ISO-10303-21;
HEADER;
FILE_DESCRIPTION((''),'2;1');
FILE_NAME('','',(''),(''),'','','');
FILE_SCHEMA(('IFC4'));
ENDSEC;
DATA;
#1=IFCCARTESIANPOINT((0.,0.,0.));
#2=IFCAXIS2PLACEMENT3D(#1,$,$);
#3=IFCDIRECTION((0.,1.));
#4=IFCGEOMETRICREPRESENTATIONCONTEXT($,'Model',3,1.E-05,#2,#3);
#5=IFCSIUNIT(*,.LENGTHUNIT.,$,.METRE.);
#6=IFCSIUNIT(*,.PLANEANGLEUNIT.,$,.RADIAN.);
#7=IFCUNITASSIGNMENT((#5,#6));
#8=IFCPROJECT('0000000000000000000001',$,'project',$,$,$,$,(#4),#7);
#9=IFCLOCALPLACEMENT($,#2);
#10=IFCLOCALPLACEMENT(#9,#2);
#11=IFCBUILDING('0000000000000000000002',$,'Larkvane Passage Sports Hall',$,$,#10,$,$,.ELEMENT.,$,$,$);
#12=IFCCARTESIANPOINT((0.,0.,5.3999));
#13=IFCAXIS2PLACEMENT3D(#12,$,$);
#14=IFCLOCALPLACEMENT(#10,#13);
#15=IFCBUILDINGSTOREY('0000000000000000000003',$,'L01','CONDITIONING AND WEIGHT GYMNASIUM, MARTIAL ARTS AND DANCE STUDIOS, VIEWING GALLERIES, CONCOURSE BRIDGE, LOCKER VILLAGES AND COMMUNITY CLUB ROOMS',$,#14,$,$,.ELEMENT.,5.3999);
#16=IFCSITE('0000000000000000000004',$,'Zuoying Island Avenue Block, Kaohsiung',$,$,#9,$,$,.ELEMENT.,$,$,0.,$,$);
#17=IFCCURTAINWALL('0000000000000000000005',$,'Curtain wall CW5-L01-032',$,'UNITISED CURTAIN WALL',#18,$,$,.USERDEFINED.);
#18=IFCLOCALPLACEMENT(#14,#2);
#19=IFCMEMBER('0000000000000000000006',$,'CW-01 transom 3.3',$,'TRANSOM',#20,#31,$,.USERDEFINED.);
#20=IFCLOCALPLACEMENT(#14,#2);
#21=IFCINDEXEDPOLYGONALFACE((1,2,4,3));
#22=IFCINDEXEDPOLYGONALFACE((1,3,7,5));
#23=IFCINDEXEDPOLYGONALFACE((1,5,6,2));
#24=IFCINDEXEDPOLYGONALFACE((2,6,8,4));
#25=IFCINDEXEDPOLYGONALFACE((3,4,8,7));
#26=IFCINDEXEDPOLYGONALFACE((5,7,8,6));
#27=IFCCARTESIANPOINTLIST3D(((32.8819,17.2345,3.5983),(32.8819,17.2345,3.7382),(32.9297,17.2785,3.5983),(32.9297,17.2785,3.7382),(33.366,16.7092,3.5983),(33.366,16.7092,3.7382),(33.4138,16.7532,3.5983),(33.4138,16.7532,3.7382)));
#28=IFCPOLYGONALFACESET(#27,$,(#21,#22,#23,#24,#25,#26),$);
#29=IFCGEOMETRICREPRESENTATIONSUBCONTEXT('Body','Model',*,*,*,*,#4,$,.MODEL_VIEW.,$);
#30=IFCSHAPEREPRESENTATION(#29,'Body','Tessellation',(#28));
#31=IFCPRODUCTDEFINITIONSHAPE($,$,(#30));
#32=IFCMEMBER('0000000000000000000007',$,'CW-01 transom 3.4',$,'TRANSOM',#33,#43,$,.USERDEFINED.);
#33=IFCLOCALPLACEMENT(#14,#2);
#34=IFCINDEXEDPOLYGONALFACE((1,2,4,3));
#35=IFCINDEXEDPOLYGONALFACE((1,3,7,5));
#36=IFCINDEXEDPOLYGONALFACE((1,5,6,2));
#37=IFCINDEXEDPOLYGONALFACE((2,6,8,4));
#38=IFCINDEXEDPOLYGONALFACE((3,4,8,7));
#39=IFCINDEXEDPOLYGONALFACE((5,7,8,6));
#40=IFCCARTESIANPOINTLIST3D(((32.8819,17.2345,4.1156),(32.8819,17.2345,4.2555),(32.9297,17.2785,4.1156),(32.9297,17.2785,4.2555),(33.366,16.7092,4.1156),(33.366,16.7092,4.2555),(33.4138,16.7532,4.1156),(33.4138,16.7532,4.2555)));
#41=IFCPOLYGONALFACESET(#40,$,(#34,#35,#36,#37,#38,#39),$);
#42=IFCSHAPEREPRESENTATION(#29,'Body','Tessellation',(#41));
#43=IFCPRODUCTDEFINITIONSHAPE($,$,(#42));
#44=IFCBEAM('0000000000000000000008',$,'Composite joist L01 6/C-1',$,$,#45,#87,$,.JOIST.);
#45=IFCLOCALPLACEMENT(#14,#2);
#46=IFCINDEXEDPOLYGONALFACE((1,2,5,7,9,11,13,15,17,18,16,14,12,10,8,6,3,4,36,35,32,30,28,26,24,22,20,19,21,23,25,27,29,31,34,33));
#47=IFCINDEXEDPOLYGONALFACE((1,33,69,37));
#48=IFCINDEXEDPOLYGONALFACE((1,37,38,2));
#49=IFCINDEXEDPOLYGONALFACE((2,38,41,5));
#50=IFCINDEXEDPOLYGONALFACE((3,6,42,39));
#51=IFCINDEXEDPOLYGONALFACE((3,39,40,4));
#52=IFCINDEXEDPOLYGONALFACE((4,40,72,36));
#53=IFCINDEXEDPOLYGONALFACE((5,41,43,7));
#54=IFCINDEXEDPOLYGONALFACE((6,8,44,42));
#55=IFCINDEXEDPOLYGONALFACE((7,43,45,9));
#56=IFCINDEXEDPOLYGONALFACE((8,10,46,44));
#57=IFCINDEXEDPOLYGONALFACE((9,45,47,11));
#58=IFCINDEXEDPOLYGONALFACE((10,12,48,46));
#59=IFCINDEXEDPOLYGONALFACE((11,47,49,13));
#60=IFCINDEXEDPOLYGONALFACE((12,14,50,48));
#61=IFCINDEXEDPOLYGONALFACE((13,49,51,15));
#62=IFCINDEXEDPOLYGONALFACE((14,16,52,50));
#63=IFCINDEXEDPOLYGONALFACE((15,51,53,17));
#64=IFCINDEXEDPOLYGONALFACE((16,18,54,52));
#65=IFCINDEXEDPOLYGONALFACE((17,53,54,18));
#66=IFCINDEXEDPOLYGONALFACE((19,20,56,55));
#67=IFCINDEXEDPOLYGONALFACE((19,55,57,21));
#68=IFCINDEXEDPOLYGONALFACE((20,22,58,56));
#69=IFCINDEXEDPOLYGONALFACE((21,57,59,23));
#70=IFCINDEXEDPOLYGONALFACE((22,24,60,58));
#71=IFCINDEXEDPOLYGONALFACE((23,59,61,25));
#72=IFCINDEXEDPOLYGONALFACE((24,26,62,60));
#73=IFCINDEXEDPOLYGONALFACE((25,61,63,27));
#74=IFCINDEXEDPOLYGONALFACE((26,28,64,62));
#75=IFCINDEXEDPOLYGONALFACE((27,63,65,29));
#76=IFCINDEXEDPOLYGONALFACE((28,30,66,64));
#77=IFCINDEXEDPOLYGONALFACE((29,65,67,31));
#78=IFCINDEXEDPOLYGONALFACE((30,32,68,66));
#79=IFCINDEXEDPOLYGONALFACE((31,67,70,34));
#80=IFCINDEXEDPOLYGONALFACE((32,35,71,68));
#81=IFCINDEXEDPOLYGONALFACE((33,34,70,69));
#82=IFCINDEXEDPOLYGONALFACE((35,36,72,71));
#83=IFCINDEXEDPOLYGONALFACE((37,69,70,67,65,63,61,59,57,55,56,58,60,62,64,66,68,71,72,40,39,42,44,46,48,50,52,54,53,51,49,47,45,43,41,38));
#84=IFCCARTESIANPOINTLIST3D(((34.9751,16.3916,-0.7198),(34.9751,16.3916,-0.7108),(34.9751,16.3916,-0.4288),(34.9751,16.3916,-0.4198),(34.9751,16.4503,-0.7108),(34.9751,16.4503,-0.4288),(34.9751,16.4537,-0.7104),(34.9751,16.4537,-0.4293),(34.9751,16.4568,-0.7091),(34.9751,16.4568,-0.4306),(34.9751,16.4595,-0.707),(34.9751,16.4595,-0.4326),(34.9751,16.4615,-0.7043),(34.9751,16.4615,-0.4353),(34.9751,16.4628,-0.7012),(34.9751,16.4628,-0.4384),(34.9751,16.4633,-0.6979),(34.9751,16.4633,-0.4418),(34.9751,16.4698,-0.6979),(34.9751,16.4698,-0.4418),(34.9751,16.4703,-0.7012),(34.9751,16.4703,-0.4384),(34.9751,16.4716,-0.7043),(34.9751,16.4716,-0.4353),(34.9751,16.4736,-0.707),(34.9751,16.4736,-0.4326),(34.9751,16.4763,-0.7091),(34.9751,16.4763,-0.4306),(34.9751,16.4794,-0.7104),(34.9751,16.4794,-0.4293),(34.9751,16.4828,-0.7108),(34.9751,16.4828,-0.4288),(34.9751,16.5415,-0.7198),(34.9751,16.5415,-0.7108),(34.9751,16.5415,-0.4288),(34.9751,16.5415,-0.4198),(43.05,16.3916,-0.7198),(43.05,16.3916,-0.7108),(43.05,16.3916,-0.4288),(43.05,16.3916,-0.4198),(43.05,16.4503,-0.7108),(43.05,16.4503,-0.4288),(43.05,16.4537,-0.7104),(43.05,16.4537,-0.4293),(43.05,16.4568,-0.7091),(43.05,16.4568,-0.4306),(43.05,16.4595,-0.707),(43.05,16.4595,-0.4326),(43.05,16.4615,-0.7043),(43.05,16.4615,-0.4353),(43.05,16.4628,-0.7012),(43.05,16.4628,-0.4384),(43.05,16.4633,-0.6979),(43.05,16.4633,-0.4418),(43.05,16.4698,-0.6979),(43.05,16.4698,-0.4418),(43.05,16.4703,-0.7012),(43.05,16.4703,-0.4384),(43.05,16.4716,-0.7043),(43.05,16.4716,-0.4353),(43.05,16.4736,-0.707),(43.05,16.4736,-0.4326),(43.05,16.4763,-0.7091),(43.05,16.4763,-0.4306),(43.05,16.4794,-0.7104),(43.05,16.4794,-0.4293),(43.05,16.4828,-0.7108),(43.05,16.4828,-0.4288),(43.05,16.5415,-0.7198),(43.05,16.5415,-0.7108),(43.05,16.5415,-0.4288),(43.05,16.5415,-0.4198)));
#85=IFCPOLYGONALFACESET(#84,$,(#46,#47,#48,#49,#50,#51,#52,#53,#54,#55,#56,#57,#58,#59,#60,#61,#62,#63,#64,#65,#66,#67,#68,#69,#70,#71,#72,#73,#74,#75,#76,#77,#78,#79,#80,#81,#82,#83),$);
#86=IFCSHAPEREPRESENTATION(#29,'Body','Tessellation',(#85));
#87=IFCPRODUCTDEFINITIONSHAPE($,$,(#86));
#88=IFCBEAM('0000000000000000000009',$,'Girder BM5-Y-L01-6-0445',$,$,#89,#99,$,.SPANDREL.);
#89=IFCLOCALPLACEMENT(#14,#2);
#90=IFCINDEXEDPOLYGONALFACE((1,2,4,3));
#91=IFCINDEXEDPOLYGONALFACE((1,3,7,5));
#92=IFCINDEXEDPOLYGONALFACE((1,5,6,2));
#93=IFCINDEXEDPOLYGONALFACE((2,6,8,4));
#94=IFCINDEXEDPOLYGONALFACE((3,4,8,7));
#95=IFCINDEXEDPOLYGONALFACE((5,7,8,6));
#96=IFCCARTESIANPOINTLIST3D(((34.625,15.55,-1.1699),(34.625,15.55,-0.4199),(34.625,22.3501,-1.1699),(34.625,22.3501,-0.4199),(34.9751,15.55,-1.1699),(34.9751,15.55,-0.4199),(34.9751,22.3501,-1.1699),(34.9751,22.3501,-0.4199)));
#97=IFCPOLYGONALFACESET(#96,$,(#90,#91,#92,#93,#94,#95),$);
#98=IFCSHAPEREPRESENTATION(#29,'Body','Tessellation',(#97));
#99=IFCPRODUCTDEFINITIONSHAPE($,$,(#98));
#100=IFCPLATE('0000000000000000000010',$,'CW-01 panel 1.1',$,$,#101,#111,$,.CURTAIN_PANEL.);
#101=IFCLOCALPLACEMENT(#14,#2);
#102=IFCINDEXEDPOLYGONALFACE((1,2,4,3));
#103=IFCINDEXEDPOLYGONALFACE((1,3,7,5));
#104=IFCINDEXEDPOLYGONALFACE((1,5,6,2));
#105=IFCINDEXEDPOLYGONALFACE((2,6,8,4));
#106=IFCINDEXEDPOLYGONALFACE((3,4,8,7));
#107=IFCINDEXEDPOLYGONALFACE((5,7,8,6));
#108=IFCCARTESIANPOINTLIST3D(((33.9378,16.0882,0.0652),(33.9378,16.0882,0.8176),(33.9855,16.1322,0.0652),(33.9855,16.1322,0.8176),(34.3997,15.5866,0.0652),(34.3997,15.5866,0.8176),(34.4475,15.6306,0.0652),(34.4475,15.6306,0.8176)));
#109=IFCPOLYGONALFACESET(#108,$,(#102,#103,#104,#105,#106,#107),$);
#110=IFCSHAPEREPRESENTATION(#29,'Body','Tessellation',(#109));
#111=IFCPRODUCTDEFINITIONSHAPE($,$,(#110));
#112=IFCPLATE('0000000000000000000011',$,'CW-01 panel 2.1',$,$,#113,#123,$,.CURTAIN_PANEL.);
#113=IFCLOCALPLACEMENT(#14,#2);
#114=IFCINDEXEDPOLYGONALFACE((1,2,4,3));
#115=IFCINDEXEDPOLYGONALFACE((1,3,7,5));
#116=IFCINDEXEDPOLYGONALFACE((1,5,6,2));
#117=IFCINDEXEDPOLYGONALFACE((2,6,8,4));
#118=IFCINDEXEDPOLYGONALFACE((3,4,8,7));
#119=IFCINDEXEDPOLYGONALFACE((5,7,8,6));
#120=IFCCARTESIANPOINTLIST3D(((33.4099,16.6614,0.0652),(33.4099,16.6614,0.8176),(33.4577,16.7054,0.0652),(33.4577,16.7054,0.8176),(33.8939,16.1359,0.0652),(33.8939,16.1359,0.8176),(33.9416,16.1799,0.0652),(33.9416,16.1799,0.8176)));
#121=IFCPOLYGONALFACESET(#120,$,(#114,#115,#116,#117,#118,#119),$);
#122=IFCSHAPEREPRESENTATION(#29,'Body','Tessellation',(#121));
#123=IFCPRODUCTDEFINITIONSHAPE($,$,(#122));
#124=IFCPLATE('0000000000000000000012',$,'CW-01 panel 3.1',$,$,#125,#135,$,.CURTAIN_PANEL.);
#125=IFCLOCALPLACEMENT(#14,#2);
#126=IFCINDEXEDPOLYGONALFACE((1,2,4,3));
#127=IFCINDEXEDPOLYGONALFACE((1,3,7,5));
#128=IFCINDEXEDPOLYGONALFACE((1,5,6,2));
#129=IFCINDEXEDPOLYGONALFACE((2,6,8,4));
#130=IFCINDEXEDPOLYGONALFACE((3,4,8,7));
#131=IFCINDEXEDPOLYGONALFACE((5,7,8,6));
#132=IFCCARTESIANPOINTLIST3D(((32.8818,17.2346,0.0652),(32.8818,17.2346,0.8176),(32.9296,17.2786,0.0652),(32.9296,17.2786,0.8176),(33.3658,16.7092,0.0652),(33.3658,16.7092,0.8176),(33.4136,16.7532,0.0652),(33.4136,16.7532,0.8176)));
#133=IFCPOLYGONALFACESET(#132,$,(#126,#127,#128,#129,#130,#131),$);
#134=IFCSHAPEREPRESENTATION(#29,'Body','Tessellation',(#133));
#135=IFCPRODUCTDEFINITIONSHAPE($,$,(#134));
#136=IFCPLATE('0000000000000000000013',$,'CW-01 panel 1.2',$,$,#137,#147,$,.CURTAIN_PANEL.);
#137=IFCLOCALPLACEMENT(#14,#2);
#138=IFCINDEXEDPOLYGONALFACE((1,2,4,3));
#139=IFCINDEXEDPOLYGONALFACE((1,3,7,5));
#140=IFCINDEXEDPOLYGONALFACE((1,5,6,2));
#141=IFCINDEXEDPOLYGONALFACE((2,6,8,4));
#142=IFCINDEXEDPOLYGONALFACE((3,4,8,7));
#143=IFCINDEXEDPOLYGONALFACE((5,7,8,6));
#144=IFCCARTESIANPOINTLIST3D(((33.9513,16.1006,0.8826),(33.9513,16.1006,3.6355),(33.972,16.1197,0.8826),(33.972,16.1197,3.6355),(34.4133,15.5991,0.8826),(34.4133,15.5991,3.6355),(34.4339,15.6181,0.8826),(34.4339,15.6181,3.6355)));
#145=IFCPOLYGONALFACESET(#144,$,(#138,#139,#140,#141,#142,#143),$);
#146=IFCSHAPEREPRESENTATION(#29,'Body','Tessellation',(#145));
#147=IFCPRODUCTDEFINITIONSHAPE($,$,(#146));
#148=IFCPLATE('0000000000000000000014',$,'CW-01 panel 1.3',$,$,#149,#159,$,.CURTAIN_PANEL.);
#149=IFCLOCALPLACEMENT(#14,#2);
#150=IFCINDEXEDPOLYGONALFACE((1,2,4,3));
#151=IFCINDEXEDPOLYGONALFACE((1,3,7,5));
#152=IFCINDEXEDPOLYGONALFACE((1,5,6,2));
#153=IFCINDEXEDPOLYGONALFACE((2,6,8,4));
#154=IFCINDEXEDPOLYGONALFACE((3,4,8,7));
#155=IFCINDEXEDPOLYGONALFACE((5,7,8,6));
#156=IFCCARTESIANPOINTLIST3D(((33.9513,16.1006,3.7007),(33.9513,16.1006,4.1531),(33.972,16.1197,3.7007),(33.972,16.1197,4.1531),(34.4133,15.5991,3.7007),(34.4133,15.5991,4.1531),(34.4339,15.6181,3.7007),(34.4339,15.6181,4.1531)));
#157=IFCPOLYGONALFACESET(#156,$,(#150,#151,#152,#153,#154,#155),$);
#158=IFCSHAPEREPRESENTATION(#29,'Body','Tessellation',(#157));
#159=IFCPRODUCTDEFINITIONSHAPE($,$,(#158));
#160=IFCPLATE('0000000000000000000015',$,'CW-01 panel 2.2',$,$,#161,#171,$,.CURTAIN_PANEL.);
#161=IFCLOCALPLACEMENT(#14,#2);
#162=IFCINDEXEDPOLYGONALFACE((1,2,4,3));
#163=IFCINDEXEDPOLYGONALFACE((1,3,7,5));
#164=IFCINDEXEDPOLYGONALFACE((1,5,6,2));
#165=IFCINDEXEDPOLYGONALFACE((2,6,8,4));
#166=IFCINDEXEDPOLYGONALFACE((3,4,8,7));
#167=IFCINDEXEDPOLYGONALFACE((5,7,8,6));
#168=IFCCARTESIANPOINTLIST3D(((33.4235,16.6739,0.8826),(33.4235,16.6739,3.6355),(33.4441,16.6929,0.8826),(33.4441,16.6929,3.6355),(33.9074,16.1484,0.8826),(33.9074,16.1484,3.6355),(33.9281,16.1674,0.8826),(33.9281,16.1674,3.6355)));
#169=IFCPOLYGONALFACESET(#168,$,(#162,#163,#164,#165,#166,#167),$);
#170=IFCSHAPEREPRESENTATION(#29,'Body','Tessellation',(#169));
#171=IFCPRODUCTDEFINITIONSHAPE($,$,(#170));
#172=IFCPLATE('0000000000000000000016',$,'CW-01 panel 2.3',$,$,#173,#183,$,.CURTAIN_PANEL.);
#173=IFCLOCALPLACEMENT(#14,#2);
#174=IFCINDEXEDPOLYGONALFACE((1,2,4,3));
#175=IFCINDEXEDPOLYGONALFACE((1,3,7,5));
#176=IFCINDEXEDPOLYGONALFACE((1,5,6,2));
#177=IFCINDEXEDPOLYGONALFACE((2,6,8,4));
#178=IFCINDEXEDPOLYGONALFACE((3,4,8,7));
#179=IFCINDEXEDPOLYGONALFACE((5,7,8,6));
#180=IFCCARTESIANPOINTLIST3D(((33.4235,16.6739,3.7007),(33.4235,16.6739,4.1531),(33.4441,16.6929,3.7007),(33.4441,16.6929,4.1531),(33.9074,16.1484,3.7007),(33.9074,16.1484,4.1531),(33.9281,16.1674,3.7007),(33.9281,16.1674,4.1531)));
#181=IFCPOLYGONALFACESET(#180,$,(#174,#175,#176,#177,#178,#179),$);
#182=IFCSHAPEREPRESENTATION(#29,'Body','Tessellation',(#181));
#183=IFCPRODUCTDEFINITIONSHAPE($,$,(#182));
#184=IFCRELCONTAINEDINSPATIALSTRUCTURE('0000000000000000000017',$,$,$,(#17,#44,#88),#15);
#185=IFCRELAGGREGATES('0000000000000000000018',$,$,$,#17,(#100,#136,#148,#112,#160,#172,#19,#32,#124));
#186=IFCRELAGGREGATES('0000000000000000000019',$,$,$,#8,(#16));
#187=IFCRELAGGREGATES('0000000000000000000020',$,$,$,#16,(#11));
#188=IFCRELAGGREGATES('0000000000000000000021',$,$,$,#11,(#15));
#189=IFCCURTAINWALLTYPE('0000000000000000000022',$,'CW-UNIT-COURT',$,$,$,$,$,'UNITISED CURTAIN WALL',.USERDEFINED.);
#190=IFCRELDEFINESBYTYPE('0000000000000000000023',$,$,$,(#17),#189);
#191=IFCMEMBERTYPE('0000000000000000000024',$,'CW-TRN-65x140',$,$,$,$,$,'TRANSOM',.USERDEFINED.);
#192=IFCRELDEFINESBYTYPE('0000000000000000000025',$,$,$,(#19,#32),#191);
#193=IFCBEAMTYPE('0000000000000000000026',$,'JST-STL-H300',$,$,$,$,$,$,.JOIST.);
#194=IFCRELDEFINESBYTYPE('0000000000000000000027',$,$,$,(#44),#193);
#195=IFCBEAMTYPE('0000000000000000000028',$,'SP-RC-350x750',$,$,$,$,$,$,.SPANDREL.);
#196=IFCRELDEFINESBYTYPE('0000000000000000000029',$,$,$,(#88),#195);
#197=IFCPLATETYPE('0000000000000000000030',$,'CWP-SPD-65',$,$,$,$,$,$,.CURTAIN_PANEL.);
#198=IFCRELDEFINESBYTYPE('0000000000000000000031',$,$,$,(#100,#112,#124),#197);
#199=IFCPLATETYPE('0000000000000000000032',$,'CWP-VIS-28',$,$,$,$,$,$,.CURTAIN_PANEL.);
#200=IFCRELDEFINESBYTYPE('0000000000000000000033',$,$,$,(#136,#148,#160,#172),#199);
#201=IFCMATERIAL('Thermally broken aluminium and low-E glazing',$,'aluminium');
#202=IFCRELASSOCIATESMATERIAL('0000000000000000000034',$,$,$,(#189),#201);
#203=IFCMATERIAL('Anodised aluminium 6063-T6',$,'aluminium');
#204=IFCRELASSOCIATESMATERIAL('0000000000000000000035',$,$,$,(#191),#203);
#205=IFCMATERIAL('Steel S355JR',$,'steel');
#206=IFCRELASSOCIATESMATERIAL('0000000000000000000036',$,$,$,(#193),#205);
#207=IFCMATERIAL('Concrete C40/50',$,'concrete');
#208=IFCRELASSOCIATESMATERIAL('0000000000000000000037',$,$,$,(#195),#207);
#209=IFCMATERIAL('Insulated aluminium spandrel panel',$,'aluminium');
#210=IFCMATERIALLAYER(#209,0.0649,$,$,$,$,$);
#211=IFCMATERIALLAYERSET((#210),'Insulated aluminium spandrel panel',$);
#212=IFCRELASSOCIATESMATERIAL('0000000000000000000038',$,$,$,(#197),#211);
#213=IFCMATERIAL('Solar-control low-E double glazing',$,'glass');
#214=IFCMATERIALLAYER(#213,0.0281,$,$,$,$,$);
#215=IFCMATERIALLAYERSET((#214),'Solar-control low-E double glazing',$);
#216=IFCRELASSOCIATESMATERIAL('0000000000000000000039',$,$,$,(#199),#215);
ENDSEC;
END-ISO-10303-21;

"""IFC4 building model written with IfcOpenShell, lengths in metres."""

from ifc_helpers import new_model, si_unit, direction, frame, origin, origin_2d, place, context, subcontext, project, spatial, rectangle, i_section, extrude, material, layer, layer_set, material_profile, profile_set, type_object, element, aggregate, save


model = new_model("IFC4")

# Units and contexts
model_context = context("Model", 3, precision=1e-05, world=origin(), true_north=direction((0.0, 1.0)))
body_context = subcontext(model_context, "Body", "Model", "MODEL_VIEW")
ifc_project = project(units=[si_unit("LENGTHUNIT", "METRE"), si_unit("PLANEANGLEUNIT", "RADIAN")], contexts=[model_context])

# Site, building, storey
site_placement = place(None, origin())
site = spatial("IfcSite", under=ifc_project, at=site_placement, Name="Zuoying Island Avenue Block, Kaohsiung", CompositionType="ELEMENT", RefElevation=0.0)
building_placement = place(site_placement, origin())
building = spatial("IfcBuilding", under=site, at=building_placement, Name="Larkvane Passage Sports Hall", CompositionType="ELEMENT")
storey_placement = place(building_placement, frame((0.0, 0.0, 5.3999)))
storey = spatial("IfcBuildingStorey", under=building, at=storey_placement, Name="L01", Description="CONDITIONING AND WEIGHT GYMNASIUM, MARTIAL ARTS AND DANCE STUDIOS, VIEWING GALLERIES, CONCOURSE BRIDGE, LOCKER VILLAGES AND COMMUNITY CLUB ROOMS", CompositionType="ELEMENT", Elevation=5.3999)

# Curtain wall, members
ifc_material_1 = material(Name="Thermally broken aluminium and low-E glazing", Category="aluminium")
curtain_wall_type = type_object("IfcCurtainWallType", Name="CW-UNIT-COURT", ElementType="UNITISED CURTAIN WALL", PredefinedType="USERDEFINED", material=ifc_material_1)
curtain_wall_placement = place(storey_placement, origin())
curtain_wall = element("IfcCurtainWall", 1, at=curtain_wall_placement, inside=storey, type_object=curtain_wall_type, Name="Curtain wall CW5-L01-032", ObjectType="UNITISED CURTAIN WALL", PredefinedType="USERDEFINED")
ifc_material_2 = material(Name="Anodised aluminium 6063-T6", Category="aluminium")
ifc_material_profile_1 = material_profile(ifc_material_2, rectangle(XDim=0.0649, YDim=0.1399, at=origin_2d()), Name="ALU-TRN-65x140")
ifc_profile_set_1 = profile_set([ifc_material_profile_1], Name="Anodised aluminium 6063-T6")
member_type_1 = type_object("IfcMemberType", Name="CW-TRN-65x140", ElementType="TRANSOM", PredefinedType="USERDEFINED", material=ifc_profile_set_1)
member_1_placement = place(storey_placement, frame((33.3899, 16.7312, 3.6682), z_axis=(-0.677641, 0.735393, 0.0), x_axis=(-0.735393, -0.677641, 0.0)))
member_1 = element("IfcMember", 2, at=member_1_placement, type_object=member_type_1, Name="CW-01 transom 3.3", ObjectType="TRANSOM", PredefinedType="USERDEFINED", context=body_context, shape_type="SweptSolid", body=[
    extrude(rectangle(XDim=0.0649, YDim=0.1399, at=origin_2d()), origin(), (0.0, 0.0, 1.0), 0.7144),
])
member_2_placement = place(storey_placement, frame((33.3899, 16.7312, 4.1855), z_axis=(-0.677641, 0.735393, 0.0), x_axis=(-0.735393, -0.677641, 0.0)))
member_2 = element("IfcMember", 3, at=member_2_placement, type_object=member_type_1, Name="CW-01 transom 3.4", ObjectType="TRANSOM", PredefinedType="USERDEFINED", context=body_context, shape_type="SweptSolid", body=[
    extrude(rectangle(XDim=0.0649, YDim=0.1399, at=origin_2d()), origin(), (0.0, 0.0, 1.0), 0.7144),
])

# Beams
ifc_material_3 = material(Name="Steel S355JR", Category="steel")
ifc_material_profile_2 = material_profile(ifc_material_3, i_section(OverallWidth=0.1499, OverallDepth=0.3, WebThickness=0.0066, FlangeThickness=0.009, FilletRadius=0.0129, at=origin_2d()), Name="H-300x150x6.5x9")
ifc_profile_set_2 = profile_set([ifc_material_profile_2], Name="Steel S355JR")
beam_type_1 = type_object("IfcBeamType", Name="JST-STL-H300", PredefinedType="JOIST", material=ifc_profile_set_2)
beam_1_placement = place(storey_placement, frame((34.9751, 16.4666, -0.5698), z_axis=(1.0, 0.0, 0.0), x_axis=(0.0, 1.0, 0.0)))
element("IfcBeam", 4, at=beam_1_placement, inside=storey, type_object=beam_type_1, Name="Composite joist L01 6/C-1", PredefinedType="JOIST", context=body_context, shape_type="SweptSolid", body=[
    extrude(i_section(OverallWidth=0.1499, OverallDepth=0.3, WebThickness=0.0066, FlangeThickness=0.009, FilletRadius=0.0129, at=origin_2d()), origin(), (0.0, 0.0, 1.0), 8.075),
])
ifc_material_4 = material(Name="Concrete C40/50", Category="concrete")
ifc_material_profile_3 = material_profile(ifc_material_4, rectangle(XDim=0.3501, YDim=0.75, at=origin_2d()), Name="RC-SP-350x750")
ifc_profile_set_3 = profile_set([ifc_material_profile_3], Name="Concrete C40/50")
beam_type_2 = type_object("IfcBeamType", Name="SP-RC-350x750", PredefinedType="SPANDREL", material=ifc_profile_set_3)
beam_2_placement = place(storey_placement, frame((34.8, 15.55, -0.7949), z_axis=(0.0, 1.0, 0.0), x_axis=(-1.0, 0.0, 0.0)))
element("IfcBeam", 5, at=beam_2_placement, inside=storey, type_object=beam_type_2, Name="Girder BM5-Y-L01-6-0445", PredefinedType="SPANDREL", context=body_context, shape_type="SweptSolid", body=[
    extrude(rectangle(XDim=0.3501, YDim=0.75, at=origin_2d()), origin(), (0.0, 0.0, 1.0), 6.8),
])

# Plates
ifc_material_5 = material(Name="Insulated aluminium spandrel panel", Category="aluminium")
ifc_layer_1 = layer(ifc_material_5, 0.0649)
ifc_layer_set_1 = layer_set([ifc_layer_1], Name="Insulated aluminium spandrel panel")
plate_type_1 = type_object("IfcPlateType", Name="CWP-SPD-65", PredefinedType="CURTAIN_PANEL", material=ifc_layer_set_1)
plate_1_placement = place(storey_placement, frame((34.1926, 15.8594, 0.0652), z_axis=(0.0, 0.0, 1.0), x_axis=(-0.677478, 0.735543, 0.0)))
plate_1 = element("IfcPlate", 6, at=plate_1_placement, type_object=plate_type_1, Name="CW-01 panel 1.1", PredefinedType="CURTAIN_PANEL", context=body_context, shape_type="SweptSolid", body=[
    extrude(rectangle(XDim=0.6819, YDim=0.0649, at=origin_2d()), origin(), (0.0, 0.0, 1.0), 0.7524),
])
plate_2_placement = place(storey_placement, frame((33.6758, 16.4207, 0.0652), z_axis=(0.0, 0.0, 1.0), x_axis=(-0.677478, 0.735543, 0.0)))
plate_2 = element("IfcPlate", 7, at=plate_2_placement, type_object=plate_type_1, Name="CW-01 panel 2.1", PredefinedType="CURTAIN_PANEL", context=body_context, shape_type="SweptSolid", body=[
    extrude(rectangle(XDim=0.7144, YDim=0.0649, at=origin_2d()), origin(), (0.0, 0.0, 1.0), 0.7524),
])
plate_3_placement = place(storey_placement, frame((33.1477, 16.9939, 0.0652), z_axis=(0.0, 0.0, 1.0), x_axis=(-0.677478, 0.735543, 0.0)))
plate_3 = element("IfcPlate", 8, at=plate_3_placement, type_object=plate_type_1, Name="CW-01 panel 3.1", PredefinedType="CURTAIN_PANEL", context=body_context, shape_type="SweptSolid", body=[
    extrude(rectangle(XDim=0.7144, YDim=0.0649, at=origin_2d()), origin(), (0.0, 0.0, 1.0), 0.7524),
])
ifc_material_6 = material(Name="Solar-control low-E double glazing", Category="glass")
ifc_layer_2 = layer(ifc_material_6, 0.0281)
ifc_layer_set_2 = layer_set([ifc_layer_2], Name="Solar-control low-E double glazing")
plate_type_2 = type_object("IfcPlateType", Name="CWP-VIS-28", PredefinedType="CURTAIN_PANEL", material=ifc_layer_set_2)
plate_4_placement = place(storey_placement, frame((34.1926, 15.8594, 0.8826), z_axis=(0.0, 0.0, 1.0), x_axis=(-0.677478, 0.735543, 0.0)))
plate_4 = element("IfcPlate", 9, at=plate_4_placement, type_object=plate_type_2, Name="CW-01 panel 1.2", PredefinedType="CURTAIN_PANEL", context=body_context, shape_type="SweptSolid", body=[
    extrude(rectangle(XDim=0.6819, YDim=0.0281, at=origin_2d()), origin(), (0.0, 0.0, 1.0), 2.7529),
])
plate_5_placement = place(storey_placement, frame((34.1926, 15.8594, 3.7007), z_axis=(0.0, 0.0, 1.0), x_axis=(-0.677478, 0.735543, 0.0)))
plate_5 = element("IfcPlate", 10, at=plate_5_placement, type_object=plate_type_2, Name="CW-01 panel 1.3", PredefinedType="CURTAIN_PANEL", context=body_context, shape_type="SweptSolid", body=[
    extrude(rectangle(XDim=0.6819, YDim=0.0281, at=origin_2d()), origin(), (0.0, 0.0, 1.0), 0.4524),
])
plate_6_placement = place(storey_placement, frame((33.6758, 16.4207, 0.8826), z_axis=(0.0, 0.0, 1.0), x_axis=(-0.677478, 0.735543, 0.0)))
plate_6 = element("IfcPlate", 11, at=plate_6_placement, type_object=plate_type_2, Name="CW-01 panel 2.2", PredefinedType="CURTAIN_PANEL", context=body_context, shape_type="SweptSolid", body=[
    extrude(rectangle(XDim=0.7144, YDim=0.0281, at=origin_2d()), origin(), (0.0, 0.0, 1.0), 2.7529),
])
plate_7_placement = place(storey_placement, frame((33.6758, 16.4207, 3.7007), z_axis=(0.0, 0.0, 1.0), x_axis=(-0.677478, 0.735543, 0.0)))
plate_7 = element("IfcPlate", 12, at=plate_7_placement, type_object=plate_type_2, Name="CW-01 panel 2.3", PredefinedType="CURTAIN_PANEL", context=body_context, shape_type="SweptSolid", body=[
    extrude(rectangle(XDim=0.7144, YDim=0.0281, at=origin_2d()), origin(), (0.0, 0.0, 1.0), 0.4524),
])
aggregate(curtain_wall, [plate_1, plate_4, plate_5, plate_2, plate_6, plate_7, member_1, member_2, plate_3])

save(model, "model.ifc")
